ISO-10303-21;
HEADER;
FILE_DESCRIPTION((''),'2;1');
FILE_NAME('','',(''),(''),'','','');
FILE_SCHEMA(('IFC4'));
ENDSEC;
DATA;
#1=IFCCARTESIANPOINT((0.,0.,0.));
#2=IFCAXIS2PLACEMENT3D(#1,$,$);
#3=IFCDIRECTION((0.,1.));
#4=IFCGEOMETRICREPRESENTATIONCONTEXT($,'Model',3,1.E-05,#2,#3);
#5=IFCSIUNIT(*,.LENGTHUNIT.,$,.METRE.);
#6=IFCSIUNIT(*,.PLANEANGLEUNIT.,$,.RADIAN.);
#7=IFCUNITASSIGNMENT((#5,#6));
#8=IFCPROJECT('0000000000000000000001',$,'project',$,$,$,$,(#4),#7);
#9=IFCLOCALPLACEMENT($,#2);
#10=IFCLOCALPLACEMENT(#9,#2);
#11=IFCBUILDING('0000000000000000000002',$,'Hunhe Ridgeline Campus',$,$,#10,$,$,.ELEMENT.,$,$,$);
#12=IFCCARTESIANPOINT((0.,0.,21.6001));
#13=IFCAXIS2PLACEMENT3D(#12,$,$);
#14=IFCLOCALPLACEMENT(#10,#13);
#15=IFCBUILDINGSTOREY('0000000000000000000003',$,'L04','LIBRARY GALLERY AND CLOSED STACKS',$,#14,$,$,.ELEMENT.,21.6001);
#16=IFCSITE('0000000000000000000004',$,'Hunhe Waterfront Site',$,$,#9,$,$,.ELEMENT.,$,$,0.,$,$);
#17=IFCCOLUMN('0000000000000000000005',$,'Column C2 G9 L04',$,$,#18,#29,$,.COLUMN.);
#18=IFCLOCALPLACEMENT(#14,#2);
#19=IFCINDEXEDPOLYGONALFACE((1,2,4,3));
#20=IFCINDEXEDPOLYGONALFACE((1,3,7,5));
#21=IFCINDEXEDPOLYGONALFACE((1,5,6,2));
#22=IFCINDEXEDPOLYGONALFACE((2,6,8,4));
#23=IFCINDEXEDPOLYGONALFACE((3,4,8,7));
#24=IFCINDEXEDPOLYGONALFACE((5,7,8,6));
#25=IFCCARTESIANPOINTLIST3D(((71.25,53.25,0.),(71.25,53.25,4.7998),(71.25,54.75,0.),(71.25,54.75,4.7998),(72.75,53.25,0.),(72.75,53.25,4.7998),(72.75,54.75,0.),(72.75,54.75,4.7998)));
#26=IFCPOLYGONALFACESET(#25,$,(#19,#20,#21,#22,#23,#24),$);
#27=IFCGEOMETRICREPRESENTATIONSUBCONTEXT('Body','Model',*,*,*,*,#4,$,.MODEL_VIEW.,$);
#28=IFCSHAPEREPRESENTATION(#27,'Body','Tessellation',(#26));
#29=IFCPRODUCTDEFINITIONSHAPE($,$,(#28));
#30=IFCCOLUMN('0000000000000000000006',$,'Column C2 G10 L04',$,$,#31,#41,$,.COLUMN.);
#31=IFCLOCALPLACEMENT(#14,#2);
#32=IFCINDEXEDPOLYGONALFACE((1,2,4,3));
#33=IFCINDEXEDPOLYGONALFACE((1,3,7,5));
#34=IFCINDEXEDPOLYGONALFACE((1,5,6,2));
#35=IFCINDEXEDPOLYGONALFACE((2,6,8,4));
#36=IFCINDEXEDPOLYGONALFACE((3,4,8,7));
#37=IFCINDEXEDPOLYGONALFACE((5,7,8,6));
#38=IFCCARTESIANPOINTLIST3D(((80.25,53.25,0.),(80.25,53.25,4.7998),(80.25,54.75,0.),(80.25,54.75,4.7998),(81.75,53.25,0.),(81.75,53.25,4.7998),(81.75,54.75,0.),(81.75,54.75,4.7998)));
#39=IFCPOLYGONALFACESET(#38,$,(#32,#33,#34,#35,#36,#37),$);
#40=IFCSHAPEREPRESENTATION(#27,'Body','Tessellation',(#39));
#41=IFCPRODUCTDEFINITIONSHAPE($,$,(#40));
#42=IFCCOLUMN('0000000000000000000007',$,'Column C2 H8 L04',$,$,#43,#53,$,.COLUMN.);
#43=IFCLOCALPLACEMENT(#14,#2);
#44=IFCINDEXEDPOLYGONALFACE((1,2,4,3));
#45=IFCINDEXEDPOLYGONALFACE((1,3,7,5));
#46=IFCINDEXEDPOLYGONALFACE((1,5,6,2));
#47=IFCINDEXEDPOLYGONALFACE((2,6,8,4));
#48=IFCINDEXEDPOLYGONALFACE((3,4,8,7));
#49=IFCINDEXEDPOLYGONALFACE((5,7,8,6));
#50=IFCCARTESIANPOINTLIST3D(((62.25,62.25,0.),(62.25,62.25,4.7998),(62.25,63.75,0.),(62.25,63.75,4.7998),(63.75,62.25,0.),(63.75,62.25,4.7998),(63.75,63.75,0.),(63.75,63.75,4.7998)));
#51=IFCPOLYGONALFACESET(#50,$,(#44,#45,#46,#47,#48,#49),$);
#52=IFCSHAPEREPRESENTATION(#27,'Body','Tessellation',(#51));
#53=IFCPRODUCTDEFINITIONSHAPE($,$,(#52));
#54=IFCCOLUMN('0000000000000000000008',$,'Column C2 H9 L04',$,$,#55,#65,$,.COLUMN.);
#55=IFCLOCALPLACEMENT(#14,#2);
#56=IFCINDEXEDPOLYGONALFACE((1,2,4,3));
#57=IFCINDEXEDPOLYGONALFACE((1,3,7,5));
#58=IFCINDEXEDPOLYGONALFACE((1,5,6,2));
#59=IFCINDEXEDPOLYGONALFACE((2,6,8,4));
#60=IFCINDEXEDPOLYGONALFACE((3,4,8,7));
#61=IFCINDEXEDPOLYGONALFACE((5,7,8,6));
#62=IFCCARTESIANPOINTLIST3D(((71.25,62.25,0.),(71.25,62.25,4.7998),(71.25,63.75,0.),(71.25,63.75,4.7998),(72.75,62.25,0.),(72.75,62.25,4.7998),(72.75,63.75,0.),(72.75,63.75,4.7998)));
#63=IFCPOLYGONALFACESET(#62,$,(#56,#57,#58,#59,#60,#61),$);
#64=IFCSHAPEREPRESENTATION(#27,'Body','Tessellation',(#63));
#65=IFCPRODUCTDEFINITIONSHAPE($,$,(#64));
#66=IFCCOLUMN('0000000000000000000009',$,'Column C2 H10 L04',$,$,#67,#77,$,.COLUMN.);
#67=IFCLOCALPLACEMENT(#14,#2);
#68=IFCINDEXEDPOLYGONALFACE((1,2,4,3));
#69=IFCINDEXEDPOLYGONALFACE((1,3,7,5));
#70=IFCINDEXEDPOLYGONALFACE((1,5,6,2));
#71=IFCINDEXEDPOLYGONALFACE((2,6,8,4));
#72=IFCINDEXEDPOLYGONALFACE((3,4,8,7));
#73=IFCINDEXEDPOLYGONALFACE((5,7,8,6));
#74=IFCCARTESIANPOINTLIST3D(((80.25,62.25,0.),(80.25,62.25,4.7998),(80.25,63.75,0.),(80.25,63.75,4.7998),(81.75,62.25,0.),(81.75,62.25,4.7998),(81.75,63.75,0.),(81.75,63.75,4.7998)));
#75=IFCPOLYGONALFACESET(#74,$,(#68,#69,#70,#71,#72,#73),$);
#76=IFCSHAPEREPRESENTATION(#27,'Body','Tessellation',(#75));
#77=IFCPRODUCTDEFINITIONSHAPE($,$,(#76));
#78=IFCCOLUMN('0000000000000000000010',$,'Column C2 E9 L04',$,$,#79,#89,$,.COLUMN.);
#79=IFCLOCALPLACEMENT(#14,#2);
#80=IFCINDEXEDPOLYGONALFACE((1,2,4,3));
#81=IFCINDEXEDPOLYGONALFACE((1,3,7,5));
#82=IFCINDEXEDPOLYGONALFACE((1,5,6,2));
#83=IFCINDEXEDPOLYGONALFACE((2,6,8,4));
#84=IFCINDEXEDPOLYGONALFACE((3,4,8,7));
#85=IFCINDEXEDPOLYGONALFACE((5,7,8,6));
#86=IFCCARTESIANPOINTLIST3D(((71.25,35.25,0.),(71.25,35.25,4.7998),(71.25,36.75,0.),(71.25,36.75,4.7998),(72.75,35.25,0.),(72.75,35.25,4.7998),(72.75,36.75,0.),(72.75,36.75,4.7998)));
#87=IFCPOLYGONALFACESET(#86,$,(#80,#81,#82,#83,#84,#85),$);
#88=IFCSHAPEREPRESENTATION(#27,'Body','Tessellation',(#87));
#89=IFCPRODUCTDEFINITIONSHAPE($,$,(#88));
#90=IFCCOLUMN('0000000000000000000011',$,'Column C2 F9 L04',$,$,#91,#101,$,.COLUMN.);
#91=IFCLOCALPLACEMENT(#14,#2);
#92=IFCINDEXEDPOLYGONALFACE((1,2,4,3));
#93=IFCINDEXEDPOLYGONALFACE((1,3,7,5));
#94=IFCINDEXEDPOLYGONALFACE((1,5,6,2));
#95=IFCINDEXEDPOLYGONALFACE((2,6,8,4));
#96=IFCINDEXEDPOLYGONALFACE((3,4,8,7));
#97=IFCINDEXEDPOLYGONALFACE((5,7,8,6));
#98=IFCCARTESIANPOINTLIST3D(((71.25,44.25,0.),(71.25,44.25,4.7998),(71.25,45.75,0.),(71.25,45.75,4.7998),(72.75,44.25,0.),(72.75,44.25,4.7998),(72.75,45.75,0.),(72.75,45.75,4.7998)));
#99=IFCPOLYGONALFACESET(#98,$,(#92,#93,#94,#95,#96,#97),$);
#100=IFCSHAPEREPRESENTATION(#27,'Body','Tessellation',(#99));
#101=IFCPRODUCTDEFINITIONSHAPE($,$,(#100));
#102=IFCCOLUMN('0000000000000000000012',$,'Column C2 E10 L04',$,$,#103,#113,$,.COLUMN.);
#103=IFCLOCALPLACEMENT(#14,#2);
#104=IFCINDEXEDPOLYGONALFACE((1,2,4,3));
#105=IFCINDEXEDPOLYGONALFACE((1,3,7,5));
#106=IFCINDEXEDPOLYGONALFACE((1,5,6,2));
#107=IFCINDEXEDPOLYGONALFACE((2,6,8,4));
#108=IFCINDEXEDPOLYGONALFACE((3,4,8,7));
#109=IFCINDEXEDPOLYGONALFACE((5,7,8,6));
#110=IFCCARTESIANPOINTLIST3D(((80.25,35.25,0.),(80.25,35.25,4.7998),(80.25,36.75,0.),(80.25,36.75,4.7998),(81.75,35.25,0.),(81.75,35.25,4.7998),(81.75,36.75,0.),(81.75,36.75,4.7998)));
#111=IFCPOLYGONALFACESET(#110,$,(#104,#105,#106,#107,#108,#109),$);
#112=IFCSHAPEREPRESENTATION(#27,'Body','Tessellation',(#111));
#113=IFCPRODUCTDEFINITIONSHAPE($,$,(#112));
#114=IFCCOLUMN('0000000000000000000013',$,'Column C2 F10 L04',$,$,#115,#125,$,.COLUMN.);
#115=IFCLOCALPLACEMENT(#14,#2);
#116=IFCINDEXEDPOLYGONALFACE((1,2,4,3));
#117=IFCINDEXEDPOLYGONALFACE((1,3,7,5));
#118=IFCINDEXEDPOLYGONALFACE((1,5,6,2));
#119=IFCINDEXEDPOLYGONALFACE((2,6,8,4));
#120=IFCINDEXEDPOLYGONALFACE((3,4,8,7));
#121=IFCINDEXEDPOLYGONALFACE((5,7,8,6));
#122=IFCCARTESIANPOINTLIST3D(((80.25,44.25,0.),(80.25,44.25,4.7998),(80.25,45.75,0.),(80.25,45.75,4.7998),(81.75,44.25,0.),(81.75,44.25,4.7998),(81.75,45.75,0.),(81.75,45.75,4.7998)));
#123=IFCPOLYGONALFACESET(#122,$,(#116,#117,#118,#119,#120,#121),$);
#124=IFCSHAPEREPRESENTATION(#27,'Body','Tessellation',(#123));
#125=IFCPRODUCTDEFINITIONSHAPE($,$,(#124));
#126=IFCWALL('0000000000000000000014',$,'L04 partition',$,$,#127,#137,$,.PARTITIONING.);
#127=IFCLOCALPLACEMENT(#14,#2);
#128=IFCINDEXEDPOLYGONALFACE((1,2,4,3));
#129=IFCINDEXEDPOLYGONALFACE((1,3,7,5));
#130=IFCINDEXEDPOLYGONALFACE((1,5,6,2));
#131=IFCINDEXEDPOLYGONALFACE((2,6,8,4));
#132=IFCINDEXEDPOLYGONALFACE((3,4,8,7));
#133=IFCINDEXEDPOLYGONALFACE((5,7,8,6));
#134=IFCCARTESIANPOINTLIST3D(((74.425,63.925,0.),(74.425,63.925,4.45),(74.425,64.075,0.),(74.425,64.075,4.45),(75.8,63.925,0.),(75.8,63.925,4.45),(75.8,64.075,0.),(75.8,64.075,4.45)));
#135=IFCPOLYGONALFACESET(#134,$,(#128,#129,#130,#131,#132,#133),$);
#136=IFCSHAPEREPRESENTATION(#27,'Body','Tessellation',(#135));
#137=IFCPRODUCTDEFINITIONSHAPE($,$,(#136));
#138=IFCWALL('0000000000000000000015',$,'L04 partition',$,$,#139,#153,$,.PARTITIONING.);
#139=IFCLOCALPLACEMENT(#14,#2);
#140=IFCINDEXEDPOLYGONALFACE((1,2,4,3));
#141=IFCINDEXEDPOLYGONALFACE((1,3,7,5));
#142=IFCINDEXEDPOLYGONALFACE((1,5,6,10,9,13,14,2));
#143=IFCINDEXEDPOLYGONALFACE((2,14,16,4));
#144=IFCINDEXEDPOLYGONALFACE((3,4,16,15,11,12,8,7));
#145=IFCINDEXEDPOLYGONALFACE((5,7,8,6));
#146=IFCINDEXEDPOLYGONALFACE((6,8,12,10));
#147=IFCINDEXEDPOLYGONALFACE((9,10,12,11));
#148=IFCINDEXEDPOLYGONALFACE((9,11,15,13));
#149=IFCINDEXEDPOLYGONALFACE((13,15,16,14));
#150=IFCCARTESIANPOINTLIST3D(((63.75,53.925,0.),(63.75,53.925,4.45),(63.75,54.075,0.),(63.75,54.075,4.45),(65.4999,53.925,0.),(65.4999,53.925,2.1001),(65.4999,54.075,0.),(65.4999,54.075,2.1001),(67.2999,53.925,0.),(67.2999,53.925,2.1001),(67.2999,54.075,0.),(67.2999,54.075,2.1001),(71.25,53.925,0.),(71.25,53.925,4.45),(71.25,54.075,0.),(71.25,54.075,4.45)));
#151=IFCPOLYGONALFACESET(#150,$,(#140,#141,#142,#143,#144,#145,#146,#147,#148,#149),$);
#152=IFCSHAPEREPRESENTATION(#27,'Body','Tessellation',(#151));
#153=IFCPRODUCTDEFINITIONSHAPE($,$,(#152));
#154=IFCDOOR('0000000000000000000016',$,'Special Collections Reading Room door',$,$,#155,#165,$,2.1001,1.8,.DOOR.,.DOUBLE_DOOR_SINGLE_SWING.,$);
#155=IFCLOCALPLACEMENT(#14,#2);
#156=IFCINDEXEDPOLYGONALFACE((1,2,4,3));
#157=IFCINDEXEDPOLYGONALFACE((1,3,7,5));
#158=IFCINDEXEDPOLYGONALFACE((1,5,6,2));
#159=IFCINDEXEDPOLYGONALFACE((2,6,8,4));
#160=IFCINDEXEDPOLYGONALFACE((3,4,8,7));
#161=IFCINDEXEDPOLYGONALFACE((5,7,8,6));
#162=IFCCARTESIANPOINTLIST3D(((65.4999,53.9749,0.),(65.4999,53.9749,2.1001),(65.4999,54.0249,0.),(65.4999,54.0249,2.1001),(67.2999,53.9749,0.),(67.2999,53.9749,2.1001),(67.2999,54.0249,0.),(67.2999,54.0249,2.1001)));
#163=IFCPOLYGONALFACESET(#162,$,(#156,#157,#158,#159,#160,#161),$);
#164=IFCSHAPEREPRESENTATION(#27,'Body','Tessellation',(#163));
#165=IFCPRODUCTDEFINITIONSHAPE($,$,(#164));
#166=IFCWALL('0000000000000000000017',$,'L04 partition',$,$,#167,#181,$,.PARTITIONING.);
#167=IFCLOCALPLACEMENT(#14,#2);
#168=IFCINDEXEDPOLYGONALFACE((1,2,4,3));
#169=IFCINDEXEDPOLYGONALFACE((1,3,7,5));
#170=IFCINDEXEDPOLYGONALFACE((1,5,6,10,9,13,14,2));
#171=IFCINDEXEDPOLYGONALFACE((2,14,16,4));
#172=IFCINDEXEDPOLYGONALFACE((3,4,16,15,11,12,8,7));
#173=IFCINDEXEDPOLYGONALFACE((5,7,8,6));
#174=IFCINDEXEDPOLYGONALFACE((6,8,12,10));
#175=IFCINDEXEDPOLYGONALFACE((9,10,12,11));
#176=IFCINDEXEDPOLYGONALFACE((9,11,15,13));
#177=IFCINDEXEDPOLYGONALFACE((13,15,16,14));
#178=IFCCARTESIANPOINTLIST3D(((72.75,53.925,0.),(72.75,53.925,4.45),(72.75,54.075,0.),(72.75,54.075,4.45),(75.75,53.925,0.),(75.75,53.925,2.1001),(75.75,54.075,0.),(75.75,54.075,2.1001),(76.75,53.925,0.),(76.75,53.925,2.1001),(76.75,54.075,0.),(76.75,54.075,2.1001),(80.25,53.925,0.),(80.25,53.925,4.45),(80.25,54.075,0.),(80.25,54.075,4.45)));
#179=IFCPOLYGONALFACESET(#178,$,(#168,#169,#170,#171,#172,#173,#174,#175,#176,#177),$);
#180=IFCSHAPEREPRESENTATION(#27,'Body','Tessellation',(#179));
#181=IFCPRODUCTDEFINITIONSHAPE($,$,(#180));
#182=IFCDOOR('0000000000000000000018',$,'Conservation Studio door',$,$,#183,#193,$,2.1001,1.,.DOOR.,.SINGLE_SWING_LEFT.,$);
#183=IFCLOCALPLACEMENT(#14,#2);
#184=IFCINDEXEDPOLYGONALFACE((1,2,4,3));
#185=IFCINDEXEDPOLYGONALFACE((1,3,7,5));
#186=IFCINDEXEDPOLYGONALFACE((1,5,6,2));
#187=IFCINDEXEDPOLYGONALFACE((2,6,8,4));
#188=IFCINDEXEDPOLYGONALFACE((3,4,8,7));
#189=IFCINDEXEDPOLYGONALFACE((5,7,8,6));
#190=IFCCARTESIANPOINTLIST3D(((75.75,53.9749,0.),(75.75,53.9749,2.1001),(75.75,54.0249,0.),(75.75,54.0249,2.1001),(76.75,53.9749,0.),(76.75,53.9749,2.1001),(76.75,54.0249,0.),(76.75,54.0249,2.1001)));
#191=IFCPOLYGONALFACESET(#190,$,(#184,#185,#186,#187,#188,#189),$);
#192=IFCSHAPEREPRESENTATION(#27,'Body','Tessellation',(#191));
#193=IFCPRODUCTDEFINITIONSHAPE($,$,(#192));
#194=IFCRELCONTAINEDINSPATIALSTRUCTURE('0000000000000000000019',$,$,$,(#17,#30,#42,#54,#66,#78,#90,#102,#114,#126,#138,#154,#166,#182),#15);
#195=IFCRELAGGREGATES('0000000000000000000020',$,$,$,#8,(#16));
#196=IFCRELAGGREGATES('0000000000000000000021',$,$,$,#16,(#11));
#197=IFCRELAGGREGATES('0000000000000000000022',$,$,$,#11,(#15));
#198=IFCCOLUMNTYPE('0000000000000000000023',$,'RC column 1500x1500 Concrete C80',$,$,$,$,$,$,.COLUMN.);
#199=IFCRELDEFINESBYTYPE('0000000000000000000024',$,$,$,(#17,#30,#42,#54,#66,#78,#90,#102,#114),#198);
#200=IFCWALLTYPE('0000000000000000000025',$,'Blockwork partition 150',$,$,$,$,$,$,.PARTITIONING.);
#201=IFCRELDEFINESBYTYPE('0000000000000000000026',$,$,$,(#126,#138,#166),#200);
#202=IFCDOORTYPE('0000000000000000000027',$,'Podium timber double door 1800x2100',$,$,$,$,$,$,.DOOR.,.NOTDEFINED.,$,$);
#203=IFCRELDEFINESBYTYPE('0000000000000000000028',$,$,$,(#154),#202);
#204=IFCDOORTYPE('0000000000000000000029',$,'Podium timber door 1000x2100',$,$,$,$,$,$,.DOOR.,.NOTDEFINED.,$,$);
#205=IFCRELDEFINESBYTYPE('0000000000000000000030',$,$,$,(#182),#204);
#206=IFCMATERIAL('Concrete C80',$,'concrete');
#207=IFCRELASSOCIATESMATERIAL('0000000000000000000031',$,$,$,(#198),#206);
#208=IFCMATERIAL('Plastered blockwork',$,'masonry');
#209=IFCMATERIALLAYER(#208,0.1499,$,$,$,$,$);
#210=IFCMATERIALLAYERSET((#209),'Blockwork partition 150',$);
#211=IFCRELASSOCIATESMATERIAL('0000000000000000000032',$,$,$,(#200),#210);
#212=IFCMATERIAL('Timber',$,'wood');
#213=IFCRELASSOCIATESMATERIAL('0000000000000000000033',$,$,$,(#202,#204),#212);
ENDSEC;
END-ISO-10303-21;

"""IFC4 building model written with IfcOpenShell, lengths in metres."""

from ifc_helpers import new_model, si_unit, direction, frame, frame_2d, origin, origin_2d, place, context, subcontext, project, spatial, rectangle, extrude, material, layer, layer_set, material_profile, profile_set, type_object, element, fill, save


model = new_model("IFC4")

# Units and contexts
model_context = context("Model", 3, precision=1e-05, world=origin(), true_north=direction((0.0, 1.0)))
body_context = subcontext(model_context, "Body", "Model", "MODEL_VIEW")
ifc_project = project(units=[si_unit("LENGTHUNIT", "METRE"), si_unit("PLANEANGLEUNIT", "RADIAN")], contexts=[model_context])

# Site, building, storey
site_placement = place(None, origin())
site = spatial("IfcSite", under=ifc_project, at=site_placement, Name="Hunhe Waterfront Site", CompositionType="ELEMENT", RefElevation=0.0)
building_placement = place(site_placement, origin())
building = spatial("IfcBuilding", under=site, at=building_placement, Name="Hunhe Ridgeline Campus", CompositionType="ELEMENT")
storey_placement = place(building_placement, frame((0.0, 0.0, 21.6001)))
storey = spatial("IfcBuildingStorey", under=building, at=storey_placement, Name="L04", Description="LIBRARY GALLERY AND CLOSED STACKS", CompositionType="ELEMENT", Elevation=21.6001)

# Columns
ifc_material_1 = material(Name="Concrete C80", Category="concrete")
ifc_material_profile = material_profile(ifc_material_1, rectangle(XDim=1.5, YDim=1.5, at=origin_2d()))
ifc_profile_set = profile_set([ifc_material_profile], Name="Concrete C80")
column_type = type_object("IfcColumnType", Name="RC column 1500x1500 Concrete C80", PredefinedType="COLUMN", material=ifc_profile_set)
for number, where, z_axis, x_axis, name in (
    (1, (72.0, 54.0, 0.0), (0.0, 0.0, 1.0), (1.0, 0.0, 0.0), "Column C2 G9 L04"),
    (2, (81.0, 54.0, 0.0), (0.0, 0.0, 1.0), (1.0, 0.0, 0.0), "Column C2 G10 L04"),
    (3, (63.0, 63.0, 0.0), (0.0, 0.0, 1.0), (1.0, 0.0, 0.0), "Column C2 H8 L04"),
    (4, (72.0, 63.0, 0.0), (0.0, 0.0, 1.0), (1.0, 0.0, 0.0), "Column C2 H9 L04"),
    (5, (81.0, 63.0, 0.0), (0.0, 0.0, 1.0), (1.0, 0.0, 0.0), "Column C2 H10 L04"),
    (6, (72.0, 36.0, 0.0), (0.0, 0.0, 1.0), (1.0, 0.0, 0.0), "Column C2 E9 L04"),
    (7, (72.0, 45.0, 0.0), (0.0, 0.0, 1.0), (1.0, 0.0, 0.0), "Column C2 F9 L04"),
    (8, (81.0, 36.0, 0.0), (0.0, 0.0, 1.0), (1.0, 0.0, 0.0), "Column C2 E10 L04"),
    (9, (81.0, 45.0, 0.0), (0.0, 0.0, 1.0), (1.0, 0.0, 0.0), "Column C2 F10 L04"),
):
    element("IfcColumn", number, at=place(storey_placement, frame(where, z_axis=z_axis, x_axis=x_axis)), inside=storey, type_object=column_type, Name=name, PredefinedType="COLUMN", context=body_context, shape_type="SweptSolid", body=[
        extrude(rectangle(XDim=1.5, YDim=1.5, at=origin_2d()), origin(), (0.0, 0.0, 1.0), 4.7998),
    ])

# Wall
ifc_material_2 = material(Name="Plastered blockwork", Category="masonry")
ifc_layer_1 = layer(ifc_material_2, 0.1499)
ifc_layer_set_1 = layer_set([ifc_layer_1], Name="Blockwork partition 150")
wall_type_1 = type_object("IfcWallType", Name="Blockwork partition 150", PredefinedType="PARTITIONING", material=ifc_layer_set_1)
wall_1_placement = place(storey_placement, frame((74.425, 64.0, 0.0), z_axis=(0.0, 0.0, 1.0), x_axis=(1.0, 0.0, 0.0)))
element("IfcWall", 10, at=wall_1_placement, inside=storey, type_object=wall_type_1, Name="L04 partition", PredefinedType="PARTITIONING", context=body_context, shape_type="SweptSolid", body=[
    extrude(rectangle(XDim=1.375, YDim=0.1499, at=frame_2d((0.6875, 0.0))), origin(), (0.0, 0.0, 1.0), 4.45),
])

# Walls, openings, doors
wall_2_placement = place(storey_placement, frame((63.75, 54.0, 0.0), z_axis=(0.0, 0.0, 1.0), x_axis=(1.0, 0.0, 0.0)))
wall_2 = element("IfcWall", 11, at=wall_2_placement, inside=storey, type_object=wall_type_1, Name="L04 partition", PredefinedType="PARTITIONING", context=body_context, shape_type="SweptSolid", body=[
    extrude(rectangle(XDim=7.5, YDim=0.1499, at=frame_2d((3.75, 0.0))), origin(), (0.0, 0.0, 1.0), 4.45),
])
opening_1_placement = place(wall_2_placement, frame((1.75, 0.0, 0.0)))
opening_1 = element("IfcOpeningElement", 12, at=opening_1_placement, cuts=wall_2, PredefinedType="OPENING", context=body_context, shape_type="SweptSolid", body=[
    extrude(rectangle(XDim=1.8, YDim=2.1001, at=frame_2d((0.8999, 1.05))), frame((0.0, 0.075, 0.0), z_axis=(0.0, -1.0, 0.0), x_axis=(1.0, 0.0, 0.0)), (0.0, 0.0, 1.0), 0.1499),
])
ifc_material_3 = material(Name="Timber", Category="wood")
door_type_1 = type_object("IfcDoorType", Name="Podium timber double door 1800x2100", OperationType="NOTDEFINED", PredefinedType="DOOR", material=ifc_material_3)
door_1_placement = place(opening_1_placement, origin())
door_1 = element("IfcDoor", 13, at=door_1_placement, inside=storey, type_object=door_type_1, Name="Special Collections Reading Room door", OperationType="DOUBLE_DOOR_SINGLE_SWING", OverallHeight=2.1001, OverallWidth=1.8, PredefinedType="DOOR", context=body_context, shape_type="SweptSolid", body=[
    extrude(rectangle(XDim=1.8, YDim=2.1001, at=frame_2d((0.8999, 1.05))), frame((0.0, 0.0249, 0.0), z_axis=(0.0, -1.0, 0.0), x_axis=(1.0, 0.0, 0.0)), (0.0, 0.0, 1.0), 0.05),
])
fill(opening_1, door_1)
wall_3_placement = place(storey_placement, frame((72.75, 54.0, 0.0), z_axis=(0.0, 0.0, 1.0), x_axis=(1.0, 0.0, 0.0)))
wall_3 = element("IfcWall", 14, at=wall_3_placement, inside=storey, type_object=wall_type_1, Name="L04 partition", PredefinedType="PARTITIONING", context=body_context, shape_type="SweptSolid", body=[
    extrude(rectangle(XDim=7.5, YDim=0.1499, at=frame_2d((3.75, 0.0))), origin(), (0.0, 0.0, 1.0), 4.45),
])
opening_2_placement = place(wall_3_placement, frame((3.0, 0.0, 0.0)))
opening_2 = element("IfcOpeningElement", 15, at=opening_2_placement, cuts=wall_3, PredefinedType="OPENING", context=body_context, shape_type="SweptSolid", body=[
    extrude(rectangle(XDim=1.0, YDim=2.1001, at=frame_2d((0.5, 1.05))), frame((0.0, 0.075, 0.0), z_axis=(0.0, -1.0, 0.0), x_axis=(1.0, 0.0, 0.0)), (0.0, 0.0, 1.0), 0.1499),
])
door_type_2 = type_object("IfcDoorType", Name="Podium timber door 1000x2100", OperationType="NOTDEFINED", PredefinedType="DOOR", material=ifc_material_3)
door_2_placement = place(opening_2_placement, origin())
door_2 = element("IfcDoor", 16, at=door_2_placement, inside=storey, type_object=door_type_2, Name="Conservation Studio door", OperationType="SINGLE_SWING_LEFT", OverallHeight=2.1001, OverallWidth=1.0, PredefinedType="DOOR", context=body_context, shape_type="SweptSolid", body=[
    extrude(rectangle(XDim=1.0, YDim=2.1001, at=frame_2d((0.5, 1.05))), frame((0.0, 0.0249, 0.0), z_axis=(0.0, -1.0, 0.0), x_axis=(1.0, 0.0, 0.0)), (0.0, 0.0, 1.0), 0.05),
])
fill(opening_2, door_2)

save(model, "model.ifc")
